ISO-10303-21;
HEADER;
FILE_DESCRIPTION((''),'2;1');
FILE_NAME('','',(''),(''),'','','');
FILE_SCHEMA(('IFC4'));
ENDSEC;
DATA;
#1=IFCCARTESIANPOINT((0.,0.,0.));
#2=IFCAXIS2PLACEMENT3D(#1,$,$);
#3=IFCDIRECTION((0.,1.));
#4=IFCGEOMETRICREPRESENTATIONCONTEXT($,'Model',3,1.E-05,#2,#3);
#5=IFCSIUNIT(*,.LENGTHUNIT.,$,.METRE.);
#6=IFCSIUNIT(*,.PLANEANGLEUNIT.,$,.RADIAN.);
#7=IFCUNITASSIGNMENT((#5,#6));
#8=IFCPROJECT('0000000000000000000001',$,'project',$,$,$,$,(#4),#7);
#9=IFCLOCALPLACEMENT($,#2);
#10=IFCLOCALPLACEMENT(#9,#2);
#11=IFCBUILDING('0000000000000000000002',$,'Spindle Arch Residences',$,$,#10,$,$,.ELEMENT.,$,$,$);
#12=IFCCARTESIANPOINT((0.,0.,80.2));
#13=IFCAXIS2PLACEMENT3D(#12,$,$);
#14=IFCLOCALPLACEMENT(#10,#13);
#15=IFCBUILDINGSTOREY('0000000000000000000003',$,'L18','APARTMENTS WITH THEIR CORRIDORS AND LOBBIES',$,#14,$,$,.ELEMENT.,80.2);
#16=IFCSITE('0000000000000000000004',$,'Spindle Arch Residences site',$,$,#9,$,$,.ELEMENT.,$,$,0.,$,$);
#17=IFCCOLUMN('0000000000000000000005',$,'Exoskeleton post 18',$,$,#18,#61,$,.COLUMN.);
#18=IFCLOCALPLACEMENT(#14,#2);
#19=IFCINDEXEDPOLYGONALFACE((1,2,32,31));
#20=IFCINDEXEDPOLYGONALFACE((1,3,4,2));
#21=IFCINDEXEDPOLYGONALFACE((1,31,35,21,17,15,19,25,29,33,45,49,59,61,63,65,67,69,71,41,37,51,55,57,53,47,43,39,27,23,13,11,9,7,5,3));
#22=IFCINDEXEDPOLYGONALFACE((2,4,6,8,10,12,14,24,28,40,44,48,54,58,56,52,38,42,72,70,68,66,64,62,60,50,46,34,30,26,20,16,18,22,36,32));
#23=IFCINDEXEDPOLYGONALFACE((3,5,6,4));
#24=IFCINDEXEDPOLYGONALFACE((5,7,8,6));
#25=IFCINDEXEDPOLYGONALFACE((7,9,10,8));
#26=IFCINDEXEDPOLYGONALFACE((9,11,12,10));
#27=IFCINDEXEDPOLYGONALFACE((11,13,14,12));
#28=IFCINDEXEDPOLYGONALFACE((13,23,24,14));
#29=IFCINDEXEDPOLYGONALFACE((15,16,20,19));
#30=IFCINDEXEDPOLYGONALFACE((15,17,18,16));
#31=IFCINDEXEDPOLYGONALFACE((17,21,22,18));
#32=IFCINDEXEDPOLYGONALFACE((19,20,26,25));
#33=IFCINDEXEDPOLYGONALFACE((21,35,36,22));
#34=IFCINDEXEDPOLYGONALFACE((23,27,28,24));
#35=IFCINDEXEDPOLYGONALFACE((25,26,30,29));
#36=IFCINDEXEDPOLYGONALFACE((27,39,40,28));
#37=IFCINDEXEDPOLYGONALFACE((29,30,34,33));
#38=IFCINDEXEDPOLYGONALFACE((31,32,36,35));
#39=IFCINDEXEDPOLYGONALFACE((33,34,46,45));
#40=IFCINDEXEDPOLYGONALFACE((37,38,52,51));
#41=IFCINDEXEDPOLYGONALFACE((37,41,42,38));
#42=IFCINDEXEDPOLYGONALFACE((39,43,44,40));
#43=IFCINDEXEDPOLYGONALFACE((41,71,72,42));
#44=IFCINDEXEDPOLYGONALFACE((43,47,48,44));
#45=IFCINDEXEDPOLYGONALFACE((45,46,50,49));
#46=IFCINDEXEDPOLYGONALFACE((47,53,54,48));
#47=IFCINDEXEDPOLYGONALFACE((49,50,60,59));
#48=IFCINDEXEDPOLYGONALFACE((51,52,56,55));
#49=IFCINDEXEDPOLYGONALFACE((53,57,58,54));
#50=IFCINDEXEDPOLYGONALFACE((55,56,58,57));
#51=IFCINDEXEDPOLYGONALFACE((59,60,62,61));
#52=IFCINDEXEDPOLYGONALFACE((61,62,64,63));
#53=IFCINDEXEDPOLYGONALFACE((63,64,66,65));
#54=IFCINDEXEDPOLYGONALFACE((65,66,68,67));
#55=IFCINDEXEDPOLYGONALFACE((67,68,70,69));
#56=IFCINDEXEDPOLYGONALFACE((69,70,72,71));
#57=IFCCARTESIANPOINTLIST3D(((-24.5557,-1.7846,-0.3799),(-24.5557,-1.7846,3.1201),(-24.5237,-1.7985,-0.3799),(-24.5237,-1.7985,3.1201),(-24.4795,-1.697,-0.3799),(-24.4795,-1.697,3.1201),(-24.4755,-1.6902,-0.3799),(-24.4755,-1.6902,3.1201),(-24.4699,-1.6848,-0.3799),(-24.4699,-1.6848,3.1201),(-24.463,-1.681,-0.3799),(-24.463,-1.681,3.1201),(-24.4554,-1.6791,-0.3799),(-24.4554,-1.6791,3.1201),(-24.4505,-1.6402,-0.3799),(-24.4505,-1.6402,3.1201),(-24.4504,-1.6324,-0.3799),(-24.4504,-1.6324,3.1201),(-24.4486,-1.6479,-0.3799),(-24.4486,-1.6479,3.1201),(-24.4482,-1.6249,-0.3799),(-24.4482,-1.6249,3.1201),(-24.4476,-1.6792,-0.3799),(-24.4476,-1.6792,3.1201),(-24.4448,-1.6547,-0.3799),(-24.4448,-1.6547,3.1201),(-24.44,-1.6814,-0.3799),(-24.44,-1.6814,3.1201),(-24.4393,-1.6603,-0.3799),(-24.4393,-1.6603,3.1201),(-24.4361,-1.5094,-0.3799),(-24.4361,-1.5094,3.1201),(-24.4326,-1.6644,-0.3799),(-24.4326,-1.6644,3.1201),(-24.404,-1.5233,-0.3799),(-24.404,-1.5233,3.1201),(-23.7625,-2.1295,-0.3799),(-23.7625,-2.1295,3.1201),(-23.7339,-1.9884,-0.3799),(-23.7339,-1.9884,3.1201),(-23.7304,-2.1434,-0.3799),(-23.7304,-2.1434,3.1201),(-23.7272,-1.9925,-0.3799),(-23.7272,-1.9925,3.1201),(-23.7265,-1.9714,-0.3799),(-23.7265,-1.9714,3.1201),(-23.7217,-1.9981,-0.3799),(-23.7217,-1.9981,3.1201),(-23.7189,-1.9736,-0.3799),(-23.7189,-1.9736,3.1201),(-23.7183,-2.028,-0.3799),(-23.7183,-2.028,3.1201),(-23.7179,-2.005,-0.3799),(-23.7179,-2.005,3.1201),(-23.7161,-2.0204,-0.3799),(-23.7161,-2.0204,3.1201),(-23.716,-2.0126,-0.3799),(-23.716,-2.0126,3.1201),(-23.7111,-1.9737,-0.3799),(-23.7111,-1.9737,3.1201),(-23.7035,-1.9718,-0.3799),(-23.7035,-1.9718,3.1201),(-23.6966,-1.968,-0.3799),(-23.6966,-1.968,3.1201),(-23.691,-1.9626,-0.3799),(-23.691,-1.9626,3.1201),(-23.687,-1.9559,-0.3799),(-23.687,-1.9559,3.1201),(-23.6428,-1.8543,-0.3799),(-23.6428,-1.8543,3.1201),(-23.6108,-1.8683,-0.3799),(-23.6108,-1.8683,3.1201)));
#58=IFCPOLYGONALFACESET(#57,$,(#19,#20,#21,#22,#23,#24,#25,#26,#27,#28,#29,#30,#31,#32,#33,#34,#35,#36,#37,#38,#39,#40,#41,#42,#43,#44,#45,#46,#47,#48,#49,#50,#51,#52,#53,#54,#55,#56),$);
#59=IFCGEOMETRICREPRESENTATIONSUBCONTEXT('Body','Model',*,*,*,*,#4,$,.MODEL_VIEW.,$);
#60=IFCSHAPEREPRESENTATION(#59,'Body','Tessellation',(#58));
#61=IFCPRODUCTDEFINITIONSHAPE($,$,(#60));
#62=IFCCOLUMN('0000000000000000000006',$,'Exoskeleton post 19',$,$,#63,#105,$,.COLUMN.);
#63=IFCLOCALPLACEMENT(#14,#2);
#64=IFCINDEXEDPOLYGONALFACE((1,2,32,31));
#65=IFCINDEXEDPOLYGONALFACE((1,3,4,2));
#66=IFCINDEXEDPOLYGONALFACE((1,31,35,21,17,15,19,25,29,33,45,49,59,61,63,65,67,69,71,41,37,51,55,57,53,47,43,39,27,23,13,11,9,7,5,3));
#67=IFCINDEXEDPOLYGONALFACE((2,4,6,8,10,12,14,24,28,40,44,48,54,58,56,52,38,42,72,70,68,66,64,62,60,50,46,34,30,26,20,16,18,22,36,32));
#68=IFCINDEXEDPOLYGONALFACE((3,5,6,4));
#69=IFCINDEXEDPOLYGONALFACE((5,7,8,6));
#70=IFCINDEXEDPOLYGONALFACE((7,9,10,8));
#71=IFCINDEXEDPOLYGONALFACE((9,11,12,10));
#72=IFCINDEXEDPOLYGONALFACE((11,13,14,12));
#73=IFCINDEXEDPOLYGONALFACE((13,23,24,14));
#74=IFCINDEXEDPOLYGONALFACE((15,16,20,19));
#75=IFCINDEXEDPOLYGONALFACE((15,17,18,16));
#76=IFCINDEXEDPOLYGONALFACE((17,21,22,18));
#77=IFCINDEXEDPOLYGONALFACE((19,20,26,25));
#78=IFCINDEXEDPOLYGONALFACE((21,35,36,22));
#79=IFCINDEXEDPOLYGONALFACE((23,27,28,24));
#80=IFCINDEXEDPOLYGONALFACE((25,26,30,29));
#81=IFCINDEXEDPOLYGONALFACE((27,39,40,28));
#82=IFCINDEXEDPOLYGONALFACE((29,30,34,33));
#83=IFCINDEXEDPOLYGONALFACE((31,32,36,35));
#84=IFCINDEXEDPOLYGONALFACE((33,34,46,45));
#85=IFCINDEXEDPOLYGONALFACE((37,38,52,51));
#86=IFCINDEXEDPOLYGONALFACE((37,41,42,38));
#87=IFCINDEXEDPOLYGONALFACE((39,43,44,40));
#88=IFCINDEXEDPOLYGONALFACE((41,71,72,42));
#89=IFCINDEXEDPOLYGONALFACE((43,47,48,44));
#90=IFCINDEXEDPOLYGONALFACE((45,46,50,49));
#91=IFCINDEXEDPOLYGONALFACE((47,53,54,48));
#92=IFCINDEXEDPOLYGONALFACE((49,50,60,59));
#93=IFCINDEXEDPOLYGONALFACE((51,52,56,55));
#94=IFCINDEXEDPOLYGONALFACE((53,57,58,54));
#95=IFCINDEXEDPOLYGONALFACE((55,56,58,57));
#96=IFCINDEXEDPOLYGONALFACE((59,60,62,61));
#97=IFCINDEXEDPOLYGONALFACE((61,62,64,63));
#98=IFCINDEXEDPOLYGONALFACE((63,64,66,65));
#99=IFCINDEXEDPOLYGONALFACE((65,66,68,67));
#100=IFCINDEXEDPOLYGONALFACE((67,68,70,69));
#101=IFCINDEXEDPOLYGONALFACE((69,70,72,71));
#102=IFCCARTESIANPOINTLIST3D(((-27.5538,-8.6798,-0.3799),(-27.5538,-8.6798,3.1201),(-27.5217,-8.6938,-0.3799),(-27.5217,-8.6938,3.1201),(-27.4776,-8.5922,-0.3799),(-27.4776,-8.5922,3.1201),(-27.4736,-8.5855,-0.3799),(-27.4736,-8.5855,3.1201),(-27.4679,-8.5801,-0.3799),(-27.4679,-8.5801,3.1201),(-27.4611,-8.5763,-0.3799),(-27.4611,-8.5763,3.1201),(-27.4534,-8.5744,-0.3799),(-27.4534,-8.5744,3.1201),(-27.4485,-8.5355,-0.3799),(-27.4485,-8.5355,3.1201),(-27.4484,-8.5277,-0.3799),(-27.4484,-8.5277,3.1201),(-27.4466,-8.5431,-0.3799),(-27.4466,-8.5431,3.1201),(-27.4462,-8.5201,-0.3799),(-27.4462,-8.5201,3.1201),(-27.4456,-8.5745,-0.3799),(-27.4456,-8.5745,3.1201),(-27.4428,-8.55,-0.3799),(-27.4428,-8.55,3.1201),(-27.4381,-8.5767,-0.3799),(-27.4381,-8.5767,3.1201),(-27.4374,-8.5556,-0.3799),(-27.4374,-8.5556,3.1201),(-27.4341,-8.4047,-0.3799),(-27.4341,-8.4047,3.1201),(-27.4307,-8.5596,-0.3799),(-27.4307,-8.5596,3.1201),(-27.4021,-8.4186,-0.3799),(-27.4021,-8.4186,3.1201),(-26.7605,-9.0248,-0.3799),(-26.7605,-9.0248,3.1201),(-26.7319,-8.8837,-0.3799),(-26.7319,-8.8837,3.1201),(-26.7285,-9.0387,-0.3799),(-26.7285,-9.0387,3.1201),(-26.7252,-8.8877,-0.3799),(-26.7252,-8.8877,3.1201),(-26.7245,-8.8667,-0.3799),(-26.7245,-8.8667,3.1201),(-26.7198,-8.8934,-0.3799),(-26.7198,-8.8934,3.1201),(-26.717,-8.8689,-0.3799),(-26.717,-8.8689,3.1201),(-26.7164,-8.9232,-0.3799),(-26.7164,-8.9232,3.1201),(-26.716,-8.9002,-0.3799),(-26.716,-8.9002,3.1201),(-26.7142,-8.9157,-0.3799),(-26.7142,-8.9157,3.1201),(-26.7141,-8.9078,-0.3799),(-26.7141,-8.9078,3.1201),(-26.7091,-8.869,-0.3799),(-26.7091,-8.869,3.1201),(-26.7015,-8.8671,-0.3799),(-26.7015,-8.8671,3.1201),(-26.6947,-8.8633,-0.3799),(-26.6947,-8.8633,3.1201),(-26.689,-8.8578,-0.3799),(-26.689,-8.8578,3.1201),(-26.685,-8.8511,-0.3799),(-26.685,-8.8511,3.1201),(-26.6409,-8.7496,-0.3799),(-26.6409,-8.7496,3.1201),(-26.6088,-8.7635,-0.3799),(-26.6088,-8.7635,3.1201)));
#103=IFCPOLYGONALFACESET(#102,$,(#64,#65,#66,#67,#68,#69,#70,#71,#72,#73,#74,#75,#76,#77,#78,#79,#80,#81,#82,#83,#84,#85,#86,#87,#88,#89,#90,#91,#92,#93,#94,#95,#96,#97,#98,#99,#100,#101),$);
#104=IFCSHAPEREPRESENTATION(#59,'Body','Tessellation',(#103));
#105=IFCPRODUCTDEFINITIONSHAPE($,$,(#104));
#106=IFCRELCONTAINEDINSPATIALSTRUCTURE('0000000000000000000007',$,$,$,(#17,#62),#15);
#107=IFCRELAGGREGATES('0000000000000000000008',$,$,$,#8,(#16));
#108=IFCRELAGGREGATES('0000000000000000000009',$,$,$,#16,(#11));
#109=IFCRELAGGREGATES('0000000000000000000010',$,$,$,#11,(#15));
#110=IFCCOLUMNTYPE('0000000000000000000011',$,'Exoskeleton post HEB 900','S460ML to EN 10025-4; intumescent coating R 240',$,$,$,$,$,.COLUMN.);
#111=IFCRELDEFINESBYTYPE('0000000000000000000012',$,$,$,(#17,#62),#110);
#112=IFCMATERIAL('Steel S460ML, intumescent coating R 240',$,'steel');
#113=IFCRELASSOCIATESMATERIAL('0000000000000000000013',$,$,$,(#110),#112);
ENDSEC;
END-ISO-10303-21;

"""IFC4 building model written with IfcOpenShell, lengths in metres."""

from ifc_helpers import new_model, si_unit, direction, frame, origin, origin_2d, place, context, subcontext, project, spatial, i_section, extrude, material, material_profile, profile_set, type_object, element, save


model = new_model("IFC4")

# Units and contexts
model_context = context("Model", 3, precision=1e-05, world=origin(), true_north=direction((0.0, 1.0)))
body_context = subcontext(model_context, "Body", "Model", "MODEL_VIEW")
ifc_project = project(units=[si_unit("LENGTHUNIT", "METRE"), si_unit("PLANEANGLEUNIT", "RADIAN")], contexts=[model_context])

# Site, building, storey
site_placement = place(None, origin())
site = spatial("IfcSite", under=ifc_project, at=site_placement, Name="Spindle Arch Residences site", CompositionType="ELEMENT", RefElevation=0.0)
building_placement = place(site_placement, origin())
building = spatial("IfcBuilding", under=site, at=building_placement, Name="Spindle Arch Residences", CompositionType="ELEMENT")
storey_placement = place(building_placement, frame((0.0, 0.0, 80.2)))
storey = spatial("IfcBuildingStorey", under=building, at=storey_placement, Name="L18", Description="APARTMENTS WITH THEIR CORRIDORS AND LOBBIES", CompositionType="ELEMENT", Elevation=80.2)

# Columns
ifc_material_1 = material(Name="Steel S460ML, intumescent coating R 240", Category="steel")
ifc_material_profile_1 = material_profile(ifc_material_1, i_section(OverallWidth=0.3, OverallDepth=0.8999, WebThickness=0.0186, FlangeThickness=0.0349, FilletRadius=0.03, at=origin_2d()), Name="HEB 900")
ifc_profile_set_1 = profile_set([ifc_material_profile_1], Name="Steel S460ML, intumescent coating R 240")
column_type_1 = type_object("IfcColumnType", Name="Exoskeleton post HEB 900", Description="S460ML to EN 10025-4; intumescent coating R 240", PredefinedType="COLUMN", material=ifc_profile_set_1)
for number, where, z_axis, x_axis, name in (
    (1, (-24.0833, -1.8264, -0.3799), (0.0, 0.0, 1.0), (0.398749, 0.91706, 0.0), "Exoskeleton post 18"),
    (2, (-27.0813, -8.7217, -0.3799), (0.0, 0.0, 1.0), (0.398749, 0.91706, 0.0), "Exoskeleton post 19"),
):
    element("IfcColumn", number, at=place(storey_placement, frame(where, z_axis=z_axis, x_axis=x_axis)), inside=storey, type_object=column_type_1, Name=name, PredefinedType="COLUMN", context=body_context, shape_type="SweptSolid", body=[
        extrude(i_section(OverallWidth=0.3, OverallDepth=0.8999, WebThickness=0.0186, FlangeThickness=0.0349, FilletRadius=0.03, at=origin_2d()), origin(), (0.0, 0.0, 1.0), 3.5),
    ])

save(model, "model.ifc")
